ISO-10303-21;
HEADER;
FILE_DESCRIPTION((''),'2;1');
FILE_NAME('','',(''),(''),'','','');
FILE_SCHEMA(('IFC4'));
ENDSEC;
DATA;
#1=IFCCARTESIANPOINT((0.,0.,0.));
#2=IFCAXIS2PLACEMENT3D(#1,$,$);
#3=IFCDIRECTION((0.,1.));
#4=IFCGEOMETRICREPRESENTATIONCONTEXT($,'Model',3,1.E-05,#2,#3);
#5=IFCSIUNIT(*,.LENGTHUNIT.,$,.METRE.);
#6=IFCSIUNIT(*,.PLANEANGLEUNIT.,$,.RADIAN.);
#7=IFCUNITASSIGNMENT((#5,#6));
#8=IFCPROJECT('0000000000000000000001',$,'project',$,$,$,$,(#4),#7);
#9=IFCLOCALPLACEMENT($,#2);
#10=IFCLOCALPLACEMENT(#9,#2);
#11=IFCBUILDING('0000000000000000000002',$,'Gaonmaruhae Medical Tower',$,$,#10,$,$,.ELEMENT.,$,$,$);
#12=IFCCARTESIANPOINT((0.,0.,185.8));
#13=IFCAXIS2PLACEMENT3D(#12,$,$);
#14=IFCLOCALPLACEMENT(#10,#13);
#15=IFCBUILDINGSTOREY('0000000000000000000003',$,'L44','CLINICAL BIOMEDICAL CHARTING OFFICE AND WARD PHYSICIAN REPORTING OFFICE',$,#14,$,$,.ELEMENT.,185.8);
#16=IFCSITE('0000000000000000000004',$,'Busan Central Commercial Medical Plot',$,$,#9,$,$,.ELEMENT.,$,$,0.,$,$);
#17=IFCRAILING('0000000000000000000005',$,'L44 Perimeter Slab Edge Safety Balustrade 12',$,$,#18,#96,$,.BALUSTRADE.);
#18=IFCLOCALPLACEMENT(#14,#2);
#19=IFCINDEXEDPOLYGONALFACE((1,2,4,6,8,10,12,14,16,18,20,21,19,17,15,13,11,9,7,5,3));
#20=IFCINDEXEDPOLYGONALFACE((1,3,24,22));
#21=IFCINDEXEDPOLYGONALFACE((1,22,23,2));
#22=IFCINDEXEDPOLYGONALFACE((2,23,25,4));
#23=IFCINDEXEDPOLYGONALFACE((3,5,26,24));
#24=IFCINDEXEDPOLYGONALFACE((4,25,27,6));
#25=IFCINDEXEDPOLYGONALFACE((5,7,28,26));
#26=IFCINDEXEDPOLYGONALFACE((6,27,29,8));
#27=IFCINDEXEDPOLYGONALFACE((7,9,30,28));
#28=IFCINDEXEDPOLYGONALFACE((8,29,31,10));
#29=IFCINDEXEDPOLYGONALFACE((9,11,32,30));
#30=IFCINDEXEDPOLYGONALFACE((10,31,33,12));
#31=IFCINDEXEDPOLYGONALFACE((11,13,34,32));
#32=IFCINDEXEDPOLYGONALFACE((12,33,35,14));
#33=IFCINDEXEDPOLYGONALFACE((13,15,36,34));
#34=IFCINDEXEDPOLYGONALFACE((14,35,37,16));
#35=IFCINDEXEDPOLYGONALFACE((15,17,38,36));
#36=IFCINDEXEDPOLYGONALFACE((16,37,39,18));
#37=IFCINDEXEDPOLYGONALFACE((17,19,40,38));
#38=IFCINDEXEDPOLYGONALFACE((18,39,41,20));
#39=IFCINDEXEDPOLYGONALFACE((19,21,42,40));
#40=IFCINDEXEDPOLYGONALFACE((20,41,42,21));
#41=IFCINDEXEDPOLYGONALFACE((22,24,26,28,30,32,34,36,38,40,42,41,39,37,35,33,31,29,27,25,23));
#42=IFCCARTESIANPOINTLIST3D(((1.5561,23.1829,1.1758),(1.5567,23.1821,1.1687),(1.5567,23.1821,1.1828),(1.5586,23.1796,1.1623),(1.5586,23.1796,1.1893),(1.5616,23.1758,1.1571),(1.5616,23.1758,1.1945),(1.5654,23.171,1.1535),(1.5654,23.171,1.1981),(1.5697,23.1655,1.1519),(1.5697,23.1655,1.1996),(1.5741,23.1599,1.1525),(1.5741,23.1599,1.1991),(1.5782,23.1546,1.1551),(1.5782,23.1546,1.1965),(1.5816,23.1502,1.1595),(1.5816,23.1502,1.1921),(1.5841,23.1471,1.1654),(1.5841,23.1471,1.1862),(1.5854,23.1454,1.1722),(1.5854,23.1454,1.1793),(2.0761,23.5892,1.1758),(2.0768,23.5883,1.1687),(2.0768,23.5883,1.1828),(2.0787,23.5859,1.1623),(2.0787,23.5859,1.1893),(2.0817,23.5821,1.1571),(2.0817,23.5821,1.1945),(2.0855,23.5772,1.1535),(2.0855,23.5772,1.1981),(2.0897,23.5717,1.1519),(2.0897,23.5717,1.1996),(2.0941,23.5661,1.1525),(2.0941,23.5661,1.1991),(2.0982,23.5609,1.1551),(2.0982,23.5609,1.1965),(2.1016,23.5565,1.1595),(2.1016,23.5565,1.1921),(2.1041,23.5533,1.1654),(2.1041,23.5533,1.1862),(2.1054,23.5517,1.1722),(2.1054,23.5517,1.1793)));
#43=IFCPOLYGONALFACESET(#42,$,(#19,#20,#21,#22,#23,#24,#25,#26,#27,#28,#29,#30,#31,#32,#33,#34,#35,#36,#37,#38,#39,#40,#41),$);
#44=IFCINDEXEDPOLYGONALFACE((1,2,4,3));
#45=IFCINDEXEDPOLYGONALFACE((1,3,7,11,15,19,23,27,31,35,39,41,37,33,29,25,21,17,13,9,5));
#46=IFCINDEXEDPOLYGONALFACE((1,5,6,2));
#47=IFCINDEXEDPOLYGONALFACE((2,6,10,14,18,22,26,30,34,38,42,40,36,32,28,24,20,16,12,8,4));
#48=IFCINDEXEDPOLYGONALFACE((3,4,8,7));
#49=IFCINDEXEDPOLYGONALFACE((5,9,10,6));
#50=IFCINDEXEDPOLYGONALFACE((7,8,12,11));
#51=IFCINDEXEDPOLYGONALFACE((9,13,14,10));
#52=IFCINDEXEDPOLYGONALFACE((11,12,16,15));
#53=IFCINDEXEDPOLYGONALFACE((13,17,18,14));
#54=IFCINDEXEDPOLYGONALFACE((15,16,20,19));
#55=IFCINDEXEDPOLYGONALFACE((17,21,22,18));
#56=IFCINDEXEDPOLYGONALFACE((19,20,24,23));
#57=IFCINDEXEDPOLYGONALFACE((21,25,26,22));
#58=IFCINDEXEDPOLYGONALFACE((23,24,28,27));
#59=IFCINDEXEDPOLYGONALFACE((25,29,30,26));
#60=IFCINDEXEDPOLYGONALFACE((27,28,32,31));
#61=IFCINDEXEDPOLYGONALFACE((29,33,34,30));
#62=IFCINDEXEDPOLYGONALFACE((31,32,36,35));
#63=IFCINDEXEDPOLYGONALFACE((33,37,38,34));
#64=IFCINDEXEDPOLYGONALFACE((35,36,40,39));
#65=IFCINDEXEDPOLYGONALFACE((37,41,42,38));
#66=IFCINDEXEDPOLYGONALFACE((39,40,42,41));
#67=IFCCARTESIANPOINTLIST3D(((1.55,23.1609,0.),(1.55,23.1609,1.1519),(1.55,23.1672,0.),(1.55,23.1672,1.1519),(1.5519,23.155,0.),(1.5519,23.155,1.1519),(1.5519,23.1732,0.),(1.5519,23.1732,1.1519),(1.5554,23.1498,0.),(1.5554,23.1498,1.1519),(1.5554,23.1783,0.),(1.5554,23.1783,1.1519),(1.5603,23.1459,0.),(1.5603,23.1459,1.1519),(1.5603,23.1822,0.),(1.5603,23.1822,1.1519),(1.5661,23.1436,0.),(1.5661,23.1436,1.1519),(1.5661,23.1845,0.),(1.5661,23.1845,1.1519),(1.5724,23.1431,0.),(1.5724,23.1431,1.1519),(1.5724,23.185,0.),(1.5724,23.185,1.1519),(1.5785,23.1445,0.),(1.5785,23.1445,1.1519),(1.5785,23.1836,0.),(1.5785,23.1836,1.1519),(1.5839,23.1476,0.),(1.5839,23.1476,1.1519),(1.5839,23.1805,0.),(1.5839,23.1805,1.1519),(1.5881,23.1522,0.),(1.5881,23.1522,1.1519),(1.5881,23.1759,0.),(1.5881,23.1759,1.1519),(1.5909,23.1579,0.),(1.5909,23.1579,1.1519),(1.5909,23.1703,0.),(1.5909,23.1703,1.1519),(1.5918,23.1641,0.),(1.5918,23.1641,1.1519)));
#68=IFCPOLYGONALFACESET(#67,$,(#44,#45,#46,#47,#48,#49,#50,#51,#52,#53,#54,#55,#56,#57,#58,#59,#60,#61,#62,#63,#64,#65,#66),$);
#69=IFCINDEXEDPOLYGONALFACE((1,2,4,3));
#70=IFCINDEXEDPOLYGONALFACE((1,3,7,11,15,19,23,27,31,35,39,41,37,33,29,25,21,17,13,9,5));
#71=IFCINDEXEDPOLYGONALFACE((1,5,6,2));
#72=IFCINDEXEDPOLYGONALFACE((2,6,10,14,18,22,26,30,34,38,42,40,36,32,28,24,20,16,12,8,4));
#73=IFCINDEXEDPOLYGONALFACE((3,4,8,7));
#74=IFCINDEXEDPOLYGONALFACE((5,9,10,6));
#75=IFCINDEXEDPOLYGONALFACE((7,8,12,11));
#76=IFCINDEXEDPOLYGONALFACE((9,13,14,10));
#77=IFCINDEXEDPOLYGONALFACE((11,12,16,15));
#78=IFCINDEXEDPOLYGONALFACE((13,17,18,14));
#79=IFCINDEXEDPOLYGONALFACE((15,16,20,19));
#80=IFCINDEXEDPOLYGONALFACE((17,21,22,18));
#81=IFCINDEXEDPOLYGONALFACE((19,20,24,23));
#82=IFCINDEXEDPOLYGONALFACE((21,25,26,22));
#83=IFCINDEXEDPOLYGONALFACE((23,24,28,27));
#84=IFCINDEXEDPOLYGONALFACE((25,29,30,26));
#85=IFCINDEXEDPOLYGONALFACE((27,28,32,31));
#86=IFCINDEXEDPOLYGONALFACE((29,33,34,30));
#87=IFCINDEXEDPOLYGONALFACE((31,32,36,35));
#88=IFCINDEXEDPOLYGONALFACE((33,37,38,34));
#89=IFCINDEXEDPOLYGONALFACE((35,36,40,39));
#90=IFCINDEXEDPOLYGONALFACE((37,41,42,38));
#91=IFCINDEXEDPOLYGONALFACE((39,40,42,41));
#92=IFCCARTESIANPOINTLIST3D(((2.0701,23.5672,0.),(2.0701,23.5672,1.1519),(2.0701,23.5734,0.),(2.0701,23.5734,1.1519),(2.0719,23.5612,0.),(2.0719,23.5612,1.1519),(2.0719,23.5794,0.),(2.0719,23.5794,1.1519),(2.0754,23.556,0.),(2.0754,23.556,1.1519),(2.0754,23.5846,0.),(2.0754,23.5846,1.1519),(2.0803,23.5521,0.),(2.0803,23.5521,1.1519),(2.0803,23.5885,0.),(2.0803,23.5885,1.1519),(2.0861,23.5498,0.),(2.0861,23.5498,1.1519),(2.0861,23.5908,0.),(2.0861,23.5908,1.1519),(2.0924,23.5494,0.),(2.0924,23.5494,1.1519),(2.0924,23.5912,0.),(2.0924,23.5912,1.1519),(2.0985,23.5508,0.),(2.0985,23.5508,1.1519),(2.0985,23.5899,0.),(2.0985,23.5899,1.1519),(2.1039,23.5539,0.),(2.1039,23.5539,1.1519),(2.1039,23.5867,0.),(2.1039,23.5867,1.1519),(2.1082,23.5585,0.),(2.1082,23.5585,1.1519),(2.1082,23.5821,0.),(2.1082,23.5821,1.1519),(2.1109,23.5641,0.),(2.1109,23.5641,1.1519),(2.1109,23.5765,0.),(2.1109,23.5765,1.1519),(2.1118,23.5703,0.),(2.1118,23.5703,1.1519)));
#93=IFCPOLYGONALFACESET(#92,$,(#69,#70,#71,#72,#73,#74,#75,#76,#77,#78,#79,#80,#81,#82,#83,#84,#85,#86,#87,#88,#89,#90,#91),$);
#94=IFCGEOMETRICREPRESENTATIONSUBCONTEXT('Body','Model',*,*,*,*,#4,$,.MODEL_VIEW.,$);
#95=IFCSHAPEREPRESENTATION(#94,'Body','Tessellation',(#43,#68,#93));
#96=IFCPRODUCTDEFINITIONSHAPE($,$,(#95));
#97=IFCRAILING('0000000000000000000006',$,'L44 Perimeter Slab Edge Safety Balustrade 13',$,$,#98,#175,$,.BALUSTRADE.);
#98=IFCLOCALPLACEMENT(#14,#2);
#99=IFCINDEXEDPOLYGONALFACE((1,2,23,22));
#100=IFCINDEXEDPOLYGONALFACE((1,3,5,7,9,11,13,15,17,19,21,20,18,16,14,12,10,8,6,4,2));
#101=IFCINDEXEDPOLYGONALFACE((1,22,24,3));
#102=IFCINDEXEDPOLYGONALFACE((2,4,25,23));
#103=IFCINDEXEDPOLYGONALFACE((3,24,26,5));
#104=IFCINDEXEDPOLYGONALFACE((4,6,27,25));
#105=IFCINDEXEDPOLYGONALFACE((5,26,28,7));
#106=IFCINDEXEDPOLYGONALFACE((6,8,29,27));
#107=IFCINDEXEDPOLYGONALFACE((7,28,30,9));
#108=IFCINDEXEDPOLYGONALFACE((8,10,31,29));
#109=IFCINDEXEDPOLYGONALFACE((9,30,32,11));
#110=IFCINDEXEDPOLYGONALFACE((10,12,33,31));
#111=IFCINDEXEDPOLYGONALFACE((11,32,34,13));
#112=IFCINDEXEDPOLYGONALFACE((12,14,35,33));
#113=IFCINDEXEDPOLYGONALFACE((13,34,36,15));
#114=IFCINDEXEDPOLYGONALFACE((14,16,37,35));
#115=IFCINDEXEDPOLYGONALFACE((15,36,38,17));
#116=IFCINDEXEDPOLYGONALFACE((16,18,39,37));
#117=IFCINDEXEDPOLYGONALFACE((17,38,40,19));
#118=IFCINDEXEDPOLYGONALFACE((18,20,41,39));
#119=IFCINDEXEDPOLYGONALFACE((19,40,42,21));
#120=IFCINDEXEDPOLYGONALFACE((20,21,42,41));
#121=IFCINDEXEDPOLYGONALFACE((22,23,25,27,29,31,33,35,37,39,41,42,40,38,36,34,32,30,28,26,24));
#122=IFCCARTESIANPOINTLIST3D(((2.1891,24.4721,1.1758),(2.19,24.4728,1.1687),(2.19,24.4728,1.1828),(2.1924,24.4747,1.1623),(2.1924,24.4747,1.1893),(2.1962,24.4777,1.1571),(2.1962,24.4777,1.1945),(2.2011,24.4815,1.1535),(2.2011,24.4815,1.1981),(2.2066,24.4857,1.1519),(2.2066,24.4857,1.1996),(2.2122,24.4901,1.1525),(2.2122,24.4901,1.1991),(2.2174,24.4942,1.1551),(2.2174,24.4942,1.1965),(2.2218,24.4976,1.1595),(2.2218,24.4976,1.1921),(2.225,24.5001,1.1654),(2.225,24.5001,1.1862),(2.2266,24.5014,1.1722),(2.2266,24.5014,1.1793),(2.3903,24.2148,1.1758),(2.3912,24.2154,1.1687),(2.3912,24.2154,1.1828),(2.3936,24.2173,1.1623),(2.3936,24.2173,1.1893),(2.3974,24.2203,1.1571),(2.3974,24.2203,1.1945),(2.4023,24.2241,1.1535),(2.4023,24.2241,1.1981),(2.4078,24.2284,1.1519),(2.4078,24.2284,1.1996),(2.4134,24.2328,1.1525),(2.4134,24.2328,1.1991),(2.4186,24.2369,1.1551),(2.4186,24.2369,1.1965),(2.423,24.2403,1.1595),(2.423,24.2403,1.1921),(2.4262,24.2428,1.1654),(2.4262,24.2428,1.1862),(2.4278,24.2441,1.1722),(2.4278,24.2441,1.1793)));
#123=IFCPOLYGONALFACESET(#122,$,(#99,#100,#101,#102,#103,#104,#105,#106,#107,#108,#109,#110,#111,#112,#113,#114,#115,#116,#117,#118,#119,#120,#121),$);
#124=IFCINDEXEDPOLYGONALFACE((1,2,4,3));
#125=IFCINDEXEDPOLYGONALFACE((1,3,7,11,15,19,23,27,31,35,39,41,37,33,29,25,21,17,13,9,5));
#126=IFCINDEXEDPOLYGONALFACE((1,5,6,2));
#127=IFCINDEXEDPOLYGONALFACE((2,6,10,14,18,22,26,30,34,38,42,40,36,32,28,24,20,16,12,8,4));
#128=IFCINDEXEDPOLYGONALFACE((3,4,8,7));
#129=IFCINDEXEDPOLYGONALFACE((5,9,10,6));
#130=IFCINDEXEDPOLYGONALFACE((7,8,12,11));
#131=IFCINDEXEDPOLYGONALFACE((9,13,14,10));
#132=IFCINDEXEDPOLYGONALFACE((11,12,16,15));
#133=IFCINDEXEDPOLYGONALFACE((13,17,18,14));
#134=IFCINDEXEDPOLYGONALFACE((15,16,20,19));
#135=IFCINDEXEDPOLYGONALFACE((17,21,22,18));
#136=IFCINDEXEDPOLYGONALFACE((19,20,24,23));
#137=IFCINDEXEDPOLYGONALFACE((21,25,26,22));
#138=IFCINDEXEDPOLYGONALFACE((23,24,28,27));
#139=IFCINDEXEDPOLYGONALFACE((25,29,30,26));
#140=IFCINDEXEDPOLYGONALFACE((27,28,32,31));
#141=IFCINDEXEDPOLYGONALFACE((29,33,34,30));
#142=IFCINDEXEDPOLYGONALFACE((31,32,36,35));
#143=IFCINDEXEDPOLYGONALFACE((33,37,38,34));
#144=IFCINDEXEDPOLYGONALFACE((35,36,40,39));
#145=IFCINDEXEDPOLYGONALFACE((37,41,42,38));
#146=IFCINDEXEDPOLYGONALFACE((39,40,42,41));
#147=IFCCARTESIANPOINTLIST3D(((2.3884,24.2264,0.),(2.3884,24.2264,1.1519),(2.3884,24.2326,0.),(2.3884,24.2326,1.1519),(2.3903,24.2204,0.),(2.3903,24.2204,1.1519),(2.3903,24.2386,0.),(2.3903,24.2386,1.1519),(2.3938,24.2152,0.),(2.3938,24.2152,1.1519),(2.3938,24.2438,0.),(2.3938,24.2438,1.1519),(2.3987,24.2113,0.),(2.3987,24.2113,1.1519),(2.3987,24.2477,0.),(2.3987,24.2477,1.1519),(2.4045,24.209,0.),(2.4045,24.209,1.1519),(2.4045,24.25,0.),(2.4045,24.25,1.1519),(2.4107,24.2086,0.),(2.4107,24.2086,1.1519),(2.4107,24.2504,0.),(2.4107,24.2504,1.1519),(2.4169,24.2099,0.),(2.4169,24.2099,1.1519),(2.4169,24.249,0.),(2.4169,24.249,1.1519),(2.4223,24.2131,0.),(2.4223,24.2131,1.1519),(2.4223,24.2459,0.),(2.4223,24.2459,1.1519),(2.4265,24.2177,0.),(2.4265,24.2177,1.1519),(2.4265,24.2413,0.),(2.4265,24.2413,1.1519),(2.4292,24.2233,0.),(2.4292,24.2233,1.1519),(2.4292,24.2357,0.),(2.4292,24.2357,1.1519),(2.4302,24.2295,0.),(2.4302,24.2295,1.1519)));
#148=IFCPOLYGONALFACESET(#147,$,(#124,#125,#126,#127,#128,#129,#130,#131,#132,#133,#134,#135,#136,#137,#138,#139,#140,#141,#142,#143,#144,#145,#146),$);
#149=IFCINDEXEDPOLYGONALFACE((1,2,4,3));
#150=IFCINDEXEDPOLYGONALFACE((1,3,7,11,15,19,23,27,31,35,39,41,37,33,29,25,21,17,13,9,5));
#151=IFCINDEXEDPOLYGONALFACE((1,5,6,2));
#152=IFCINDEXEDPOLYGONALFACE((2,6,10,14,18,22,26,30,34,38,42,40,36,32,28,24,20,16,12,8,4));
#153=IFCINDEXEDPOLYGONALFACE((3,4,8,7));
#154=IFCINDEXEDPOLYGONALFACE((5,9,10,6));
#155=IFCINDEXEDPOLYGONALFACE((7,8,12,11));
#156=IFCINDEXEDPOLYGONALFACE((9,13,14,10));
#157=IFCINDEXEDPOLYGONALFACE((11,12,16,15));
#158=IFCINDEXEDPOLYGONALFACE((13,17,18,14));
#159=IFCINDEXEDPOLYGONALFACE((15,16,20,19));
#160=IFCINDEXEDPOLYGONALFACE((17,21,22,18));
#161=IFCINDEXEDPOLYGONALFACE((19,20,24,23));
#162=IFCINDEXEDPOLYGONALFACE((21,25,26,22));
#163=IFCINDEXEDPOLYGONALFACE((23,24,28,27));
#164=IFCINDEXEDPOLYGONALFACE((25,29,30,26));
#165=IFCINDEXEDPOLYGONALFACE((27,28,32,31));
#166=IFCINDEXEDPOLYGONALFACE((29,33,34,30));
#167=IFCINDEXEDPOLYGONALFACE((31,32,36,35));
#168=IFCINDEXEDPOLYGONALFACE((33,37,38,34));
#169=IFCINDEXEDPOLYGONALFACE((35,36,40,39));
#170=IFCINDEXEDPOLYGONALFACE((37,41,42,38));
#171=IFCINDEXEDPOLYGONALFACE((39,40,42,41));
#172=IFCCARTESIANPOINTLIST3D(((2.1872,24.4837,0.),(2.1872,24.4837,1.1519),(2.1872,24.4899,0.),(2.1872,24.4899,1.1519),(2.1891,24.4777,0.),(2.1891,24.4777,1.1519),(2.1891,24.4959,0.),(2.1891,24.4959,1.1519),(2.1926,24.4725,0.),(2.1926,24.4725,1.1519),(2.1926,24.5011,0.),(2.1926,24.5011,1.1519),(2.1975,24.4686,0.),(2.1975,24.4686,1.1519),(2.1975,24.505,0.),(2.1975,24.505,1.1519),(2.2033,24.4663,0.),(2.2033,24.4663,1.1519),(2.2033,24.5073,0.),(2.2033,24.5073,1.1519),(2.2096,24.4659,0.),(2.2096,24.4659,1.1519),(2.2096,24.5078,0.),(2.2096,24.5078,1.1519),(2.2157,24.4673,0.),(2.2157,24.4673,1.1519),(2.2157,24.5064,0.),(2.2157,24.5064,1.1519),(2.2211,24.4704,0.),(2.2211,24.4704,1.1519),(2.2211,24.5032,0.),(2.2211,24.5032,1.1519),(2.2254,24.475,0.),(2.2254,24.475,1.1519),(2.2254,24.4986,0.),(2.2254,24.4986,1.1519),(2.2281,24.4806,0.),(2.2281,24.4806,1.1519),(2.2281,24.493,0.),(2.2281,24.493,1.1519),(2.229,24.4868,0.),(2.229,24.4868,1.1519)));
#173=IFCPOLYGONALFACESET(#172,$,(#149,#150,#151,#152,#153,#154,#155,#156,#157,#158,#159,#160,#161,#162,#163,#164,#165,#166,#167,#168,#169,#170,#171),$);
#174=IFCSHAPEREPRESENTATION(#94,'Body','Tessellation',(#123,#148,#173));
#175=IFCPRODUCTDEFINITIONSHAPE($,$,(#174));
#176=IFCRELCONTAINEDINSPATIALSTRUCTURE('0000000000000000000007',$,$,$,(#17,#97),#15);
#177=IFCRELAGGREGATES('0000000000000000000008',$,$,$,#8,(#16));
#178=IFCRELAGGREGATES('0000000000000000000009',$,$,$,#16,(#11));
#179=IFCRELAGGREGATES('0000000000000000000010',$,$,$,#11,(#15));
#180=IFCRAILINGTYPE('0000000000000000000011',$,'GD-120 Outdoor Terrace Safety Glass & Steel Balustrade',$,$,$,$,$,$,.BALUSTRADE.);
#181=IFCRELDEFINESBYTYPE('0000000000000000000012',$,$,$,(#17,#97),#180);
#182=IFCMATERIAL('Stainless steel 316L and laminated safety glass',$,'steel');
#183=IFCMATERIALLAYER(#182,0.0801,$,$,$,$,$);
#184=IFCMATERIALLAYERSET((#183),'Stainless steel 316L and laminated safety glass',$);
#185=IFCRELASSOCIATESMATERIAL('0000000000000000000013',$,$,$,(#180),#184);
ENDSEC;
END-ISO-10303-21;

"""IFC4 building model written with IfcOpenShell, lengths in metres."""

from ifc_helpers import new_model, si_unit, direction, frame, origin, origin_2d, place, context, subcontext, project, spatial, circle, extrude, material, layer, layer_set, type_object, element, save


model = new_model("IFC4")

# Units and contexts
model_context = context("Model", 3, precision=1e-05, world=origin(), true_north=direction((0.0, 1.0)))
body_context = subcontext(model_context, "Body", "Model", "MODEL_VIEW")
ifc_project = project(units=[si_unit("LENGTHUNIT", "METRE"), si_unit("PLANEANGLEUNIT", "RADIAN")], contexts=[model_context])

# Site, building, storey
site_placement = place(None, origin())
site = spatial("IfcSite", under=ifc_project, at=site_placement, Name="Busan Central Commercial Medical Plot", CompositionType="ELEMENT", RefElevation=0.0)
building_placement = place(site_placement, origin())
building = spatial("IfcBuilding", under=site, at=building_placement, Name="Gaonmaruhae Medical Tower", CompositionType="ELEMENT")
storey_placement = place(building_placement, frame((0.0, 0.0, 185.8)))
storey = spatial("IfcBuildingStorey", under=building, at=storey_placement, Name="L44", Description="CLINICAL BIOMEDICAL CHARTING OFFICE AND WARD PHYSICIAN REPORTING OFFICE", CompositionType="ELEMENT", Elevation=185.8)

# Railings
ifc_material_1 = material(Name="Stainless steel 316L and laminated safety glass", Category="steel")
ifc_layer_1 = layer(ifc_material_1, 0.0801)
ifc_layer_set_1 = layer_set([ifc_layer_1], Name="Stainless steel 316L and laminated safety glass")
railing_type = type_object("IfcRailingType", Name="GD-120 Outdoor Terrace Safety Glass & Steel Balustrade", PredefinedType="BALUSTRADE", material=ifc_layer_set_1)
railing_1_placement = place(storey_placement, frame((1.5708, 23.1641, 0.0)))
element("IfcRailing", 1, at=railing_1_placement, inside=storey, type_object=railing_type, Name="L44 Perimeter Slab Edge Safety Balustrade 12", PredefinedType="BALUSTRADE", context=body_context, shape_type="SweptSolid", body=[
    extrude(circle(Radius=0.0239, at=origin_2d()), frame((0.0, 0.0, 1.1758), z_axis=(0.788036, 0.61563, 0.0), x_axis=(-0.61563, 0.788036, 0.0)), (0.0, 0.0, 1.0), 0.6599),
    extrude(circle(Radius=0.021, at=origin_2d()), origin(), (0.0, 0.0, 1.0), 1.1519),
    extrude(circle(Radius=0.021, at=origin_2d()), frame((0.52, 0.4062, 0.0)), (0.0, 0.0, 1.0), 1.1519),
])
railing_2_placement = place(storey_placement, frame((2.4092, 24.2295, 0.0)))
element("IfcRailing", 2, at=railing_2_placement, inside=storey, type_object=railing_type, Name="L44 Perimeter Slab Edge Safety Balustrade 13", PredefinedType="BALUSTRADE", context=body_context, shape_type="SweptSolid", body=[
    extrude(circle(Radius=0.0239, at=origin_2d()), frame((0.0, 0.0, 1.1758), z_axis=(-0.615905, 0.78782, 0.0), x_axis=(-0.78782, -0.615905, 0.0)), (0.0, 0.0, 1.0), 0.3267),
    extrude(circle(Radius=0.021, at=origin_2d()), origin(), (0.0, 0.0, 1.0), 1.1519),
    extrude(circle(Radius=0.021, at=origin_2d()), frame((-0.2012, 0.2573, 0.0)), (0.0, 0.0, 1.0), 1.1519),
])

save(model, "model.ifc")
